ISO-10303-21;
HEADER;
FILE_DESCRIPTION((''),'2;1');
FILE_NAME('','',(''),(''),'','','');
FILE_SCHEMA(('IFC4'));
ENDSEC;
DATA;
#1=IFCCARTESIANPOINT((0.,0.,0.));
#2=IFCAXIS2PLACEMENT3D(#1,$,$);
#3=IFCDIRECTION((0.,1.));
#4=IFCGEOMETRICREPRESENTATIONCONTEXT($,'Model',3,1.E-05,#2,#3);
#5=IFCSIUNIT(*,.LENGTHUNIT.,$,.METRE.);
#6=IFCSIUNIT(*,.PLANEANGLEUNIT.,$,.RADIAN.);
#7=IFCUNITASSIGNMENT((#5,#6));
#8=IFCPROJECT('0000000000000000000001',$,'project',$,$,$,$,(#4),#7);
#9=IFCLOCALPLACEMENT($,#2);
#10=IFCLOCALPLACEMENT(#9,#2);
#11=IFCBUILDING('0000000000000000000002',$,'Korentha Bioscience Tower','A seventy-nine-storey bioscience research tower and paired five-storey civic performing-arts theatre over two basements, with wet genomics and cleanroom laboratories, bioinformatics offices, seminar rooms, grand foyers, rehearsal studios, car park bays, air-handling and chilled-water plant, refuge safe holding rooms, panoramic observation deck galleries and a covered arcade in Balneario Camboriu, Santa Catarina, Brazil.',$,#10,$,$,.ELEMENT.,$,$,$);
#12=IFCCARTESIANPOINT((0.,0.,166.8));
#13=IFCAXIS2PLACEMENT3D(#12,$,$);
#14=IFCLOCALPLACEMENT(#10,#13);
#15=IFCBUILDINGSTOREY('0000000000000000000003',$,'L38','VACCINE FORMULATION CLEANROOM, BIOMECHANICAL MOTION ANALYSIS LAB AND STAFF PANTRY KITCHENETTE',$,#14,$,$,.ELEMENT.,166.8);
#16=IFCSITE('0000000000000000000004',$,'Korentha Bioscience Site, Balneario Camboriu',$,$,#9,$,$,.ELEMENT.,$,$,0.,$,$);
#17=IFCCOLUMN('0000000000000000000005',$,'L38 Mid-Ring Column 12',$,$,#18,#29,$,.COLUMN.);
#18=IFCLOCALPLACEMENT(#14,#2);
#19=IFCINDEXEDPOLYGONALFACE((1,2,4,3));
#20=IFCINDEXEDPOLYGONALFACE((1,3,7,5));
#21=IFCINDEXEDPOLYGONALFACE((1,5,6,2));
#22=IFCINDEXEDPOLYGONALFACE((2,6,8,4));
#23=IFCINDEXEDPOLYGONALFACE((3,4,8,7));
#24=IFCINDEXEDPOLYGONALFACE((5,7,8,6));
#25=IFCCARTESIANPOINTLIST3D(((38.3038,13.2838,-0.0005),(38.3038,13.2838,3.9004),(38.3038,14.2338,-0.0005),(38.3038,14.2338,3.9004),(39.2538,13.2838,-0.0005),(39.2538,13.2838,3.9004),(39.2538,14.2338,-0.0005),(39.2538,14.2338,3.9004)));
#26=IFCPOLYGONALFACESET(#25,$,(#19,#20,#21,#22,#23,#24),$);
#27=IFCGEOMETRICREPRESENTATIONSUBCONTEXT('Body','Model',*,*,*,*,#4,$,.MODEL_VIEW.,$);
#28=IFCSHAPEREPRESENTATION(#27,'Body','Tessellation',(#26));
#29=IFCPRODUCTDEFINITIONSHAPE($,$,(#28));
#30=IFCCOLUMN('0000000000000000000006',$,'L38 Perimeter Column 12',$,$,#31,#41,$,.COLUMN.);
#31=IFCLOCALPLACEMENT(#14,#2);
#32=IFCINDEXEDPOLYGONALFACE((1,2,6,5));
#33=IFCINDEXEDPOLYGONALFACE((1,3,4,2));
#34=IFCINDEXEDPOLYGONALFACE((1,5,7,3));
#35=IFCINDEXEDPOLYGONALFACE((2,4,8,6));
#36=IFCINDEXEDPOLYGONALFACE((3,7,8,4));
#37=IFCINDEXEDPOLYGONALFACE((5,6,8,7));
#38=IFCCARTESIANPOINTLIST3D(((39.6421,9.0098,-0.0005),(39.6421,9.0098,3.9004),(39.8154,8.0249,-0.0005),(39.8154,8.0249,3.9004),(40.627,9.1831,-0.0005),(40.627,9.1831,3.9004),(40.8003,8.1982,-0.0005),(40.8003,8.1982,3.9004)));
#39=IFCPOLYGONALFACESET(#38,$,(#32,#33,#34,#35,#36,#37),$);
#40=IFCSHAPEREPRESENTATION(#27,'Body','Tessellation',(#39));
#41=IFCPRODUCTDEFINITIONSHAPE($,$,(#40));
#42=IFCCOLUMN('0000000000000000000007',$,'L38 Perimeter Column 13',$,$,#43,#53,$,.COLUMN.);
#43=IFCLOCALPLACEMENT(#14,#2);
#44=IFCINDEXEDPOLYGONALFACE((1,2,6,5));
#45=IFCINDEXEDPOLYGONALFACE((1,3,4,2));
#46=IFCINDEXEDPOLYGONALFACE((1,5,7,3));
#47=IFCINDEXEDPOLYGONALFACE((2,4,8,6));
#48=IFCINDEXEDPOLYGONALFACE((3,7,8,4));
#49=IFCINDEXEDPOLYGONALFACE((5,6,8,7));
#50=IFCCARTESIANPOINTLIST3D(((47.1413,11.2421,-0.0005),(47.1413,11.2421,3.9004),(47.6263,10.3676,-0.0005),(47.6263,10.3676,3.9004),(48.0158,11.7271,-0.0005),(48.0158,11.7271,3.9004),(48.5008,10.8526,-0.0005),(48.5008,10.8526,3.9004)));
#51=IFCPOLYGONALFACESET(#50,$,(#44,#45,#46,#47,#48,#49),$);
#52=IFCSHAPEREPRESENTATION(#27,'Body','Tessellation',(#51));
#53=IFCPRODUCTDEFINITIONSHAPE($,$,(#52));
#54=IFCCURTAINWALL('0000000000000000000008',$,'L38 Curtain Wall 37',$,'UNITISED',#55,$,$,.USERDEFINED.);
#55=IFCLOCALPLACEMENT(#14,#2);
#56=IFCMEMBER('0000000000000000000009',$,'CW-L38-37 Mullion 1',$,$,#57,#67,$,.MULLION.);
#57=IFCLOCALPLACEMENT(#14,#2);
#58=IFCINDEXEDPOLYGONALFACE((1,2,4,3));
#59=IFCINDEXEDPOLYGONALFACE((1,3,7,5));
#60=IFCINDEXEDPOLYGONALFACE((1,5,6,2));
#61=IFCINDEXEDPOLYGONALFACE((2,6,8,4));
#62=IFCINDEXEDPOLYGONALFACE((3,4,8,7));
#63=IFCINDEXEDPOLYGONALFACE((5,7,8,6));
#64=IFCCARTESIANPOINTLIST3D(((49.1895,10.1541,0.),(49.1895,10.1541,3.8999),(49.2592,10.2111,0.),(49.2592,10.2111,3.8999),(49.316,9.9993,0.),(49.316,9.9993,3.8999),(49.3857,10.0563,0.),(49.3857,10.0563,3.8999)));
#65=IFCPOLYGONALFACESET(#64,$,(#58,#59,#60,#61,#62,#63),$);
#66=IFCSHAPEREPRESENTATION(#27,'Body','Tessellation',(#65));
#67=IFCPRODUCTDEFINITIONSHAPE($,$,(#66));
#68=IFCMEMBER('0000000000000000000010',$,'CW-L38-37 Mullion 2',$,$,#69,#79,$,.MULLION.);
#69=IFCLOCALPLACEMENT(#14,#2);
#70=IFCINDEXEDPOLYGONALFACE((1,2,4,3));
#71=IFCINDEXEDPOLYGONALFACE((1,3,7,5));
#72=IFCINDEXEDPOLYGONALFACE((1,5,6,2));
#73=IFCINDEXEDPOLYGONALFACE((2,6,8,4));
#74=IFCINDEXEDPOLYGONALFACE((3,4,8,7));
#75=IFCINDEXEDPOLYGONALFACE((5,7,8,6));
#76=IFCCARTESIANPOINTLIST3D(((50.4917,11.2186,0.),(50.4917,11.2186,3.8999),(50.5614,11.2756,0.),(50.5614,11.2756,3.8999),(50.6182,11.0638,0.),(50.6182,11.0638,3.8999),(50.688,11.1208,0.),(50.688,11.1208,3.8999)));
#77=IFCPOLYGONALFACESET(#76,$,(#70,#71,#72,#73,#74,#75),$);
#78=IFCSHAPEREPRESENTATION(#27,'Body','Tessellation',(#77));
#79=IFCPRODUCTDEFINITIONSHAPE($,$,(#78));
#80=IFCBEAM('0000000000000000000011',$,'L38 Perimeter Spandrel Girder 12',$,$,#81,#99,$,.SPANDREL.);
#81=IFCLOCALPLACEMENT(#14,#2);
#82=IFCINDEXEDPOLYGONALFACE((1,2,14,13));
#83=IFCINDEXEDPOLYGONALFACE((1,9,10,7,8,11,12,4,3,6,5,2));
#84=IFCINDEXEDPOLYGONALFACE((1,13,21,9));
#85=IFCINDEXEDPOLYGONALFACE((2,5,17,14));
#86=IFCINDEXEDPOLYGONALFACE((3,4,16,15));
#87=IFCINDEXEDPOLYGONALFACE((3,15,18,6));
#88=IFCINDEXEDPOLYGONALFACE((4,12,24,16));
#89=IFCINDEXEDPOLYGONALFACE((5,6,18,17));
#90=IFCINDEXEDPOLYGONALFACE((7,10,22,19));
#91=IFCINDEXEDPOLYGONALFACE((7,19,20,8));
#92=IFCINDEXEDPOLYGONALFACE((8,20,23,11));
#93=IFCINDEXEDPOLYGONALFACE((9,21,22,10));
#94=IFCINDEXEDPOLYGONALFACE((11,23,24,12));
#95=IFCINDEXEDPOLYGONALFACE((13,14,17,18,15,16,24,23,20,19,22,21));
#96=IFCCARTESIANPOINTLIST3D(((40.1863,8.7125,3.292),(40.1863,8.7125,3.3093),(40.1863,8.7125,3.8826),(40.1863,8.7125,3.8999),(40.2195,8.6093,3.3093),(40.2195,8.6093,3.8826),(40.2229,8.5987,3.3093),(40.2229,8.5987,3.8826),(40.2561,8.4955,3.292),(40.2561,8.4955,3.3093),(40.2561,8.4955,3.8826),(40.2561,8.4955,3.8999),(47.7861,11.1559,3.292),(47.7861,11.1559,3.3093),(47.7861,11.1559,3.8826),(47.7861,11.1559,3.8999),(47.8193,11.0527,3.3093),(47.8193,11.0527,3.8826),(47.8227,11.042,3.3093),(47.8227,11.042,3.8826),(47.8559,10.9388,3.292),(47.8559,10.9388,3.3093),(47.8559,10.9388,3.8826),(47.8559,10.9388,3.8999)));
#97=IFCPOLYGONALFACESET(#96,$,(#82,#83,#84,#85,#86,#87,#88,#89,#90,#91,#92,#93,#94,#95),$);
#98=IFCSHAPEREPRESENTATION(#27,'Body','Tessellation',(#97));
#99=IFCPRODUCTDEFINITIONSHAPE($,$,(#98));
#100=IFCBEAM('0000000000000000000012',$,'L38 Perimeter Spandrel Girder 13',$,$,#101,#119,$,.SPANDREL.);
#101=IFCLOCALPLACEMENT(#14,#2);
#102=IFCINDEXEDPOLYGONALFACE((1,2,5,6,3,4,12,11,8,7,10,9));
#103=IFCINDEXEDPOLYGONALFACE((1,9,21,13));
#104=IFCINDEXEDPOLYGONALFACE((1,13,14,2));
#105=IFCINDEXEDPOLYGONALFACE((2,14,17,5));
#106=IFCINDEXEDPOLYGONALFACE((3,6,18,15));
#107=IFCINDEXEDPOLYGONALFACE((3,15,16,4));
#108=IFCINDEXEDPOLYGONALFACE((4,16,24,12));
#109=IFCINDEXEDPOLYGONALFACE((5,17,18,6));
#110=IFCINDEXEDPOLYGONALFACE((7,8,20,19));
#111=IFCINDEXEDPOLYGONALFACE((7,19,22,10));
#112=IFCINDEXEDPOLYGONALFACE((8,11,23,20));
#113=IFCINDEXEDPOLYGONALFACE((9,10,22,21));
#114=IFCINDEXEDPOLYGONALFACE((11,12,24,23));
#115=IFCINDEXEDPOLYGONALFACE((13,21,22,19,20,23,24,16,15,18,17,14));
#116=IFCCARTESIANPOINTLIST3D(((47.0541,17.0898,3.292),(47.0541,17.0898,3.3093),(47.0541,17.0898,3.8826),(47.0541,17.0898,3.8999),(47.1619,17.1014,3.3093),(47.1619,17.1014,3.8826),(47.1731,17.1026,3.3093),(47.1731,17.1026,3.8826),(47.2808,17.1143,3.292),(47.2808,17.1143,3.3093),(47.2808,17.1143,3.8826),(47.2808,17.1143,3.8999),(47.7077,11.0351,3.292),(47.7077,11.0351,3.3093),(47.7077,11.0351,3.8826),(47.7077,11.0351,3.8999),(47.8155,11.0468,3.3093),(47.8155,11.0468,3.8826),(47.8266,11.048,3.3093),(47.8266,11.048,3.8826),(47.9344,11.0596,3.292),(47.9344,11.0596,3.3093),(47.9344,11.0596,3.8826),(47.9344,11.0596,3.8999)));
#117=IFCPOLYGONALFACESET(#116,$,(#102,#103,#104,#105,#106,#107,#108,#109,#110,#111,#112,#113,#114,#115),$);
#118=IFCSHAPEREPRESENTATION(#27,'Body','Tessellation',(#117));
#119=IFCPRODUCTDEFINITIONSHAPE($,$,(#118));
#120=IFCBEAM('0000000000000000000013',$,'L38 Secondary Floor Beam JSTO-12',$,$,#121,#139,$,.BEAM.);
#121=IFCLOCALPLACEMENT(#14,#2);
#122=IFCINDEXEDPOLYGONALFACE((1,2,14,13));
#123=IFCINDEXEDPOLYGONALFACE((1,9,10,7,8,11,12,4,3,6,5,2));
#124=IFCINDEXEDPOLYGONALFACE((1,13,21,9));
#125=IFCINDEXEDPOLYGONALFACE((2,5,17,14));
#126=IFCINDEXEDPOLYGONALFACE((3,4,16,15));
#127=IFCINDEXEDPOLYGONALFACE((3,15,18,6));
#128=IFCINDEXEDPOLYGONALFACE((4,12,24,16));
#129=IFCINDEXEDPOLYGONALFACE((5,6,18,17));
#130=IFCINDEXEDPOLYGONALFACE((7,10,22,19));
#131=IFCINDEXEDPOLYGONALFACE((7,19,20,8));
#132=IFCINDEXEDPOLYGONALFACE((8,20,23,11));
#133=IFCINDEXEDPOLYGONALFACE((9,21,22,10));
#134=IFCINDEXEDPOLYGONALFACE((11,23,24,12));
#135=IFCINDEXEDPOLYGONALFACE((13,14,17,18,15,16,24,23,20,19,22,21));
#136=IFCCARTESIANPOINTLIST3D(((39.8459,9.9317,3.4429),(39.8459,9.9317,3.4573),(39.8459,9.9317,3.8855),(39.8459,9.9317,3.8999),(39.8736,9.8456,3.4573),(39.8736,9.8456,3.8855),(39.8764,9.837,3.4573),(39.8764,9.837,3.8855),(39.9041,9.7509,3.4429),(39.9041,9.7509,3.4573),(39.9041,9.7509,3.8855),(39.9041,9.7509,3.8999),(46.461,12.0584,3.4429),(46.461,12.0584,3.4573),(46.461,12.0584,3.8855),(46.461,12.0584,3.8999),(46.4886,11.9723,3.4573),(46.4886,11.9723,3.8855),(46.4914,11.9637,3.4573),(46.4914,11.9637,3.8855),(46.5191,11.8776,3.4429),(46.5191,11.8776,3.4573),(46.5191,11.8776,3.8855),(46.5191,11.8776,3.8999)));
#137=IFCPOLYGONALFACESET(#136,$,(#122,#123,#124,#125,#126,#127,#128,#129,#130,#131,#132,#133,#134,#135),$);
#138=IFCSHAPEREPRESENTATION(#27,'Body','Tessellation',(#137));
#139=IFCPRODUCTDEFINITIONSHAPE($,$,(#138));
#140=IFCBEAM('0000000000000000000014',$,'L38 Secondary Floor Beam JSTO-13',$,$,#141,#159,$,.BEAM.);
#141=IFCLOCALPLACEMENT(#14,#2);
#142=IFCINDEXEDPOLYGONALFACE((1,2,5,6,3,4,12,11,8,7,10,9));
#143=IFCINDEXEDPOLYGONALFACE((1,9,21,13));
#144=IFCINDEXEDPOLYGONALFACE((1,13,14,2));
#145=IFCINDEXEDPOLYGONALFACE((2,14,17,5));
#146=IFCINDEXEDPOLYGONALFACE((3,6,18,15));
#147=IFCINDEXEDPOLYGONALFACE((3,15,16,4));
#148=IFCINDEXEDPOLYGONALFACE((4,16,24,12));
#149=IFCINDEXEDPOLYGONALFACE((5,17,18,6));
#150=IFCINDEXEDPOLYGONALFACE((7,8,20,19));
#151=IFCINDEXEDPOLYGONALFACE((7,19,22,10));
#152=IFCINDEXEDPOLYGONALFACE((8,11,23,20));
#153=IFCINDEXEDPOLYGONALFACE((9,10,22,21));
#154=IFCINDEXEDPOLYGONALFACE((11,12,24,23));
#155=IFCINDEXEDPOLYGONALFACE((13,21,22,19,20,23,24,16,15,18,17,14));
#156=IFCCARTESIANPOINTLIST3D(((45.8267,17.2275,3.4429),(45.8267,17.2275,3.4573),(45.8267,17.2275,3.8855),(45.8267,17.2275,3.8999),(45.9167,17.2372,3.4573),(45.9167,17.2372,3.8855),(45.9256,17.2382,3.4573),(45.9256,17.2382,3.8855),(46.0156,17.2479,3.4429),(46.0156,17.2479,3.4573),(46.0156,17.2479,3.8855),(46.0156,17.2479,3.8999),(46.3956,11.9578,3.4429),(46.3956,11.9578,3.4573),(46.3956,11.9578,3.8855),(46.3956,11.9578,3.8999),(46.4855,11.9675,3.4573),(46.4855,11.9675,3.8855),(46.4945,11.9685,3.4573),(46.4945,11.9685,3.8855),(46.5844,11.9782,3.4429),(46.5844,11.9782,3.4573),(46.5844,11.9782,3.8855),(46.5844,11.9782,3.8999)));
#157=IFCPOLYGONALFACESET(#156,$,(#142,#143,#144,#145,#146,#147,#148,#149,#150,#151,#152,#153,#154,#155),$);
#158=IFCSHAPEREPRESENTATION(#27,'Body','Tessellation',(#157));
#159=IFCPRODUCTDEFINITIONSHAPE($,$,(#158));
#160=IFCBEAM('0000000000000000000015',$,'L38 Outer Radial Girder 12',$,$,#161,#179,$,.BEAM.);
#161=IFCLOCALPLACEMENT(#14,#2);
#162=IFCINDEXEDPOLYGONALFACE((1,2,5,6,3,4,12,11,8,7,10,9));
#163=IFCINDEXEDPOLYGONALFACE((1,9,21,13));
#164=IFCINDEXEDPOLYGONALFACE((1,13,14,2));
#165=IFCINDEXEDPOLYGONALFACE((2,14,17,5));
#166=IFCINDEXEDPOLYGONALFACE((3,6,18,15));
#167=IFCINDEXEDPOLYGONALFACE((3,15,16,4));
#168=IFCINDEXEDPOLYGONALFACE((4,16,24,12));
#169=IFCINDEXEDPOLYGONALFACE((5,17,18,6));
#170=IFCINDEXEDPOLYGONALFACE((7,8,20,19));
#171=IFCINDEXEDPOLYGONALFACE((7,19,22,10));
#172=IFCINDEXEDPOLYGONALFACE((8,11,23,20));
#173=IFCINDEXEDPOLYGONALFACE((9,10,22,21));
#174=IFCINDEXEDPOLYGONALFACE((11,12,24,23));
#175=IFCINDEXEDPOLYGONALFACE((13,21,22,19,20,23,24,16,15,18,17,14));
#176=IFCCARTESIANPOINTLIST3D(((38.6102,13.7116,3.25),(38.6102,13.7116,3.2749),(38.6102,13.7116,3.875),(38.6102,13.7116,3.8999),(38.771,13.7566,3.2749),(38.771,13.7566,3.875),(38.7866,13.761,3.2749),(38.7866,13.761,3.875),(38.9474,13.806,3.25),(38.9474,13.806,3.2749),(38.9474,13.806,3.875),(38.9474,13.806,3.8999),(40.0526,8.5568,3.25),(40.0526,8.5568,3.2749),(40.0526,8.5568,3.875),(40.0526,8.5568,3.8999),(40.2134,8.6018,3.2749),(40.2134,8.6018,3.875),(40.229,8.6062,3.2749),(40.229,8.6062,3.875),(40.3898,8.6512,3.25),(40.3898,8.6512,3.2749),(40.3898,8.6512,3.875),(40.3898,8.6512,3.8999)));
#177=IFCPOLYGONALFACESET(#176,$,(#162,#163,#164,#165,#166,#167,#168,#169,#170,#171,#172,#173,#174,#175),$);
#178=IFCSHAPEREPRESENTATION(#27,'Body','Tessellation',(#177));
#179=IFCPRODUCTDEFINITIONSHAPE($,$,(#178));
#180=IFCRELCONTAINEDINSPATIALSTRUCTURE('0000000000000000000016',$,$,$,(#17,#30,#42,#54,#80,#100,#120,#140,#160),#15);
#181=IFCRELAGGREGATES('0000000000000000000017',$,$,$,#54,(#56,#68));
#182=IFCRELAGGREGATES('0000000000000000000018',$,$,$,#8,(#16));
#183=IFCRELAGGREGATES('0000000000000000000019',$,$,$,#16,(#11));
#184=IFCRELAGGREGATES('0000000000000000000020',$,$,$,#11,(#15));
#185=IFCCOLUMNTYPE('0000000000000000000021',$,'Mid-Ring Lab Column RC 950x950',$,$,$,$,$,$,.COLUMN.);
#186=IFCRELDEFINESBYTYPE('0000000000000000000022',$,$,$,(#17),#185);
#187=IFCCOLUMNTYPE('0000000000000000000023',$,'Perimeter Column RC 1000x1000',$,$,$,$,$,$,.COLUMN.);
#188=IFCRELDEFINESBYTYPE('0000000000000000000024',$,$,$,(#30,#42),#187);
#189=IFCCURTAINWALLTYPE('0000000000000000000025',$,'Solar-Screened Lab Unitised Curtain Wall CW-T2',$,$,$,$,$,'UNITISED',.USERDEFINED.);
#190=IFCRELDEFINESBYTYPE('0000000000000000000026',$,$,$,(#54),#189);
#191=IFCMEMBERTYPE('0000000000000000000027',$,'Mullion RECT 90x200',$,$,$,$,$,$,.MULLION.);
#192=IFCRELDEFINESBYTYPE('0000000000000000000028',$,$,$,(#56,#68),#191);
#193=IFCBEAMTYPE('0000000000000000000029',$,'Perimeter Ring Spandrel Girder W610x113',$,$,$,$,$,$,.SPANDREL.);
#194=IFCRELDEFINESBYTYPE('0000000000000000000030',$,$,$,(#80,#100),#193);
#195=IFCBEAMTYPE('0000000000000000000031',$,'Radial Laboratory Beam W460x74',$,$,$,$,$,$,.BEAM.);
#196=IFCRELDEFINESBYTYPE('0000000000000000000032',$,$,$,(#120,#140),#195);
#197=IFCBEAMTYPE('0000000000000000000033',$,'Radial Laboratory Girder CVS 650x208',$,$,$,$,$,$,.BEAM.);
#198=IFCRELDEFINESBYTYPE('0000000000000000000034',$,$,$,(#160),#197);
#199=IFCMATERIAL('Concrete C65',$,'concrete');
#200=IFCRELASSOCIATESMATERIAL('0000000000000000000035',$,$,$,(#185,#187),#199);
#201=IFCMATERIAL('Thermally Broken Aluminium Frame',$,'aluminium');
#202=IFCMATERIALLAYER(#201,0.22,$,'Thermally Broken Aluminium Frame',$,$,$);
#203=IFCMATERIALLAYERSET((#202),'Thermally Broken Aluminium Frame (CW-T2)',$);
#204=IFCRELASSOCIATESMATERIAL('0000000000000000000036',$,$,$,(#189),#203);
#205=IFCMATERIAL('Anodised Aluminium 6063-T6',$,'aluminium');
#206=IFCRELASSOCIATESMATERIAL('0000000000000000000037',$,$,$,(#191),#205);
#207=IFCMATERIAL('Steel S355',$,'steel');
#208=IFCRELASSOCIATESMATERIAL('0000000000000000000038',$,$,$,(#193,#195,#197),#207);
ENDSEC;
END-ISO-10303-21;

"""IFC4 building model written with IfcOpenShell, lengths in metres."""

from ifc_helpers import new_model, si_unit, direction, frame, origin, origin_2d, place, context, subcontext, project, spatial, rectangle, i_section, extrude, material, layer, layer_set, material_profile, profile_set, type_object, element, aggregate, save


model = new_model("IFC4")

# Units and contexts
model_context = context("Model", 3, precision=1e-05, world=origin(), true_north=direction((0.0, 1.0)))
body_context = subcontext(model_context, "Body", "Model", "MODEL_VIEW")
ifc_project = project(units=[si_unit("LENGTHUNIT", "METRE"), si_unit("PLANEANGLEUNIT", "RADIAN")], contexts=[model_context])

# Site, building, storey
site_placement = place(None, origin())
site = spatial("IfcSite", under=ifc_project, at=site_placement, Name="Korentha Bioscience Site, Balneario Camboriu", CompositionType="ELEMENT", RefElevation=0.0)
building_placement = place(site_placement, origin())
building = spatial("IfcBuilding", under=site, at=building_placement, Name="Korentha Bioscience Tower", Description="A seventy-nine-storey bioscience research tower and paired five-storey civic performing-arts theatre over two basements, with wet genomics and cleanroom laboratories, bioinformatics offices, seminar rooms, grand foyers, rehearsal studios, car park bays, air-handling and chilled-water plant, refuge safe holding rooms, panoramic observation deck galleries and a covered arcade in Balneario Camboriu, Santa Catarina, Brazil.", CompositionType="ELEMENT")
storey_placement = place(building_placement, frame((0.0, 0.0, 166.8)))
storey = spatial("IfcBuildingStorey", under=building, at=storey_placement, Name="L38", Description="VACCINE FORMULATION CLEANROOM, BIOMECHANICAL MOTION ANALYSIS LAB AND STAFF PANTRY KITCHENETTE", CompositionType="ELEMENT", Elevation=166.8)

# Columns
ifc_material_1 = material(Name="Concrete C65", Category="concrete")
ifc_material_profile_1 = material_profile(ifc_material_1, rectangle(XDim=0.95, YDim=0.95, at=origin_2d()), Name="Concrete C65")
ifc_profile_set_1 = profile_set([ifc_material_profile_1], Name="Concrete C65 (COL-MR09)")
column_type_1 = type_object("IfcColumnType", Name="Mid-Ring Lab Column RC 950x950", PredefinedType="COLUMN", material=ifc_profile_set_1)
column_placement = place(storey_placement, frame((38.7788, 13.7588, -0.0005), z_axis=(0.0, 0.0, 1.0), x_axis=(1.0, 0.0, 0.0)))
element("IfcColumn", 1, at=column_placement, inside=storey, type_object=column_type_1, Name="L38 Mid-Ring Column 12", PredefinedType="COLUMN", context=body_context, shape_type="SweptSolid", body=[
    extrude(rectangle(XDim=0.95, YDim=0.95, at=origin_2d()), origin(), (0.0, 0.0, 1.0), 3.9009),
])
ifc_material_profile_2 = material_profile(ifc_material_1, rectangle(XDim=1.0, YDim=1.0, at=origin_2d()), Name="Concrete C65")
ifc_profile_set_2 = profile_set([ifc_material_profile_2], Name="Concrete C65 (COL-P10)")
column_type_2 = type_object("IfcColumnType", Name="Perimeter Column RC 1000x1000", PredefinedType="COLUMN", material=ifc_profile_set_2)
for number, where, z_axis, x_axis, name in (
    (2, (40.2212, 8.604, -0.0005), (0.0, 0.0, 1.0), (0.984868, 0.173304, 0.0), "L38 Perimeter Column 12"),
    (3, (47.821, 11.0474, -0.0005), (0.0, 0.0, 1.0), (0.874535, 0.484962, 0.0), "L38 Perimeter Column 13"),
):
    element("IfcColumn", number, at=place(storey_placement, frame(where, z_axis=z_axis, x_axis=x_axis)), inside=storey, type_object=column_type_2, Name=name, PredefinedType="COLUMN", context=body_context, shape_type="SweptSolid", body=[
        extrude(rectangle(XDim=1.0, YDim=1.0, at=origin_2d()), origin(), (0.0, 0.0, 1.0), 3.9009),
    ])

# Curtain wall, members
ifc_material_2 = material(Name="Thermally Broken Aluminium Frame", Category="aluminium")
ifc_layer_1 = layer(ifc_material_2, 0.22, Name="Thermally Broken Aluminium Frame")
ifc_layer_set_1 = layer_set([ifc_layer_1], Name="Thermally Broken Aluminium Frame (CW-T2)")
curtain_wall_type = type_object("IfcCurtainWallType", Name="Solar-Screened Lab Unitised Curtain Wall CW-T2", ElementType="UNITISED", PredefinedType="USERDEFINED", material=ifc_layer_set_1)
curtain_wall_placement = place(storey_placement, origin())
curtain_wall = element("IfcCurtainWall", 4, at=curtain_wall_placement, inside=storey, type_object=curtain_wall_type, Name="L38 Curtain Wall 37", ObjectType="UNITISED", PredefinedType="USERDEFINED")
ifc_material_3 = material(Name="Anodised Aluminium 6063-T6", Category="aluminium")
ifc_material_profile_3 = material_profile(ifc_material_3, rectangle(XDim=0.0901, YDim=0.2, at=origin_2d()), Name="Anodised Aluminium 6063-T6")
ifc_profile_set_3 = profile_set([ifc_material_profile_3], Name="Anodised Aluminium 6063-T6 (CW-MUL)")
member_type_1 = type_object("IfcMemberType", Name="Mullion RECT 90x200", PredefinedType="MULLION", material=ifc_profile_set_3)
member_1_placement = place(storey_placement, frame((49.2876, 10.1052, 0.0), z_axis=(0.0, 0.0, 1.0), x_axis=(0.774256, 0.632872, 0.0)))
member_1 = element("IfcMember", 5, at=member_1_placement, type_object=member_type_1, Name="CW-L38-37 Mullion 1", PredefinedType="MULLION", context=body_context, shape_type="SweptSolid", body=[
    extrude(rectangle(XDim=0.0901, YDim=0.2, at=origin_2d()), origin(), (0.0, 0.0, 1.0), 3.8999),
])
member_2_placement = place(storey_placement, frame((50.5898, 11.1697, 0.0), z_axis=(0.0, 0.0, 1.0), x_axis=(0.774256, 0.632872, 0.0)))
member_2 = element("IfcMember", 6, at=member_2_placement, type_object=member_type_1, Name="CW-L38-37 Mullion 2", PredefinedType="MULLION", context=body_context, shape_type="SweptSolid", body=[
    extrude(rectangle(XDim=0.0901, YDim=0.2, at=origin_2d()), origin(), (0.0, 0.0, 1.0), 3.8999),
])

# Beams
ifc_material_4 = material(Name="Steel S355", Category="steel")
ifc_material_profile_4 = material_profile(ifc_material_4, i_section(OverallWidth=0.228, OverallDepth=0.6079, WebThickness=0.0112, FlangeThickness=0.0173, at=origin_2d()), Name="Steel S355")
ifc_profile_set_4 = profile_set([ifc_material_profile_4], Name="Steel S355 (SB-610)")
beam_type_1 = type_object("IfcBeamType", Name="Perimeter Ring Spandrel Girder W610x113", PredefinedType="SPANDREL", material=ifc_profile_set_4)
beam_1_placement = place(storey_placement, frame((40.2212, 8.604, 3.5959), z_axis=(0.952009, 0.306072, 0.0), x_axis=(-0.306072, 0.952009, 0.0)))
element("IfcBeam", 7, at=beam_1_placement, inside=storey, type_object=beam_type_1, Name="L38 Perimeter Spandrel Girder 12", PredefinedType="SPANDREL", context=body_context, shape_type="SweptSolid", body=[
    extrude(i_section(OverallWidth=0.228, OverallDepth=0.6079, WebThickness=0.0112, FlangeThickness=0.0173, at=origin_2d()), origin(), (0.0, 0.0, 1.0), 7.9829),
])
beam_2_placement = place(storey_placement, frame((47.821, 11.0474, 3.5959), z_axis=(-0.10732, 0.994225, 0.0), x_axis=(-0.994225, -0.10732, 0.0)))
element("IfcBeam", 8, at=beam_2_placement, inside=storey, type_object=beam_type_1, Name="L38 Perimeter Spandrel Girder 13", PredefinedType="SPANDREL", context=body_context, shape_type="SweptSolid", body=[
    extrude(i_section(OverallWidth=0.228, OverallDepth=0.6079, WebThickness=0.0112, FlangeThickness=0.0173, at=origin_2d()), origin(), (0.0, 0.0, 1.0), 6.0898),
])
ifc_material_profile_5 = material_profile(ifc_material_4, i_section(OverallWidth=0.1899, OverallDepth=0.457, WebThickness=0.009, FlangeThickness=0.0144, at=origin_2d()), Name="Steel S355")
ifc_profile_set_5 = profile_set([ifc_material_profile_5], Name="Steel S355 (RB-460)")
beam_type_2 = type_object("IfcBeamType", Name="Radial Laboratory Beam W460x74", PredefinedType="BEAM", material=ifc_profile_set_5)
beam_3_placement = place(storey_placement, frame((39.875, 9.8413, 3.6714), z_axis=(0.952009, 0.306069, 0.0), x_axis=(-0.306069, 0.952009, 0.0)))
element("IfcBeam", 9, at=beam_3_placement, inside=storey, type_object=beam_type_2, Name="L38 Secondary Floor Beam JSTO-12", PredefinedType="BEAM", context=body_context, shape_type="SweptSolid", body=[
    extrude(i_section(OverallWidth=0.1899, OverallDepth=0.457, WebThickness=0.009, FlangeThickness=0.0144, at=origin_2d()), origin(), (0.0, 0.0, 1.0), 6.9485),
])
beam_4_placement = place(storey_placement, frame((46.49, 11.968, 3.6714), z_axis=(-0.107322, 0.994224, 0.0), x_axis=(-0.994224, -0.107322, 0.0)))
element("IfcBeam", 10, at=beam_4_placement, inside=storey, type_object=beam_type_2, Name="L38 Secondary Floor Beam JSTO-13", PredefinedType="BEAM", context=body_context, shape_type="SweptSolid", body=[
    extrude(i_section(OverallWidth=0.1899, OverallDepth=0.457, WebThickness=0.009, FlangeThickness=0.0144, at=origin_2d()), origin(), (0.0, 0.0, 1.0), 5.3003),
])
ifc_material_profile_6 = material_profile(ifc_material_4, i_section(OverallWidth=0.3501, OverallDepth=0.6499, WebThickness=0.0161, FlangeThickness=0.0249, at=origin_2d()), Name="Steel S355")
ifc_profile_set_6 = profile_set([ifc_material_profile_6], Name="Steel S355 (RB-650)")
beam_type_3 = type_object("IfcBeamType", Name="Radial Laboratory Girder CVS 650x208", PredefinedType="BEAM", material=ifc_profile_set_6)
beam_5_placement = place(storey_placement, frame((38.7788, 13.7588, 3.575), z_axis=(0.269464, -0.96301, 0.0), x_axis=(0.96301, 0.269464, 0.0)))
element("IfcBeam", 11, at=beam_5_placement, inside=storey, type_object=beam_type_3, Name="L38 Outer Radial Girder 12", PredefinedType="BEAM", context=body_context, shape_type="SweptSolid", body=[
    extrude(i_section(OverallWidth=0.3501, OverallDepth=0.6499, WebThickness=0.0161, FlangeThickness=0.0249, at=origin_2d()), origin(), (0.0, 0.0, 1.0), 5.3528),
])

aggregate(curtain_wall, [member_1, member_2])

save(model, "model.ifc")
